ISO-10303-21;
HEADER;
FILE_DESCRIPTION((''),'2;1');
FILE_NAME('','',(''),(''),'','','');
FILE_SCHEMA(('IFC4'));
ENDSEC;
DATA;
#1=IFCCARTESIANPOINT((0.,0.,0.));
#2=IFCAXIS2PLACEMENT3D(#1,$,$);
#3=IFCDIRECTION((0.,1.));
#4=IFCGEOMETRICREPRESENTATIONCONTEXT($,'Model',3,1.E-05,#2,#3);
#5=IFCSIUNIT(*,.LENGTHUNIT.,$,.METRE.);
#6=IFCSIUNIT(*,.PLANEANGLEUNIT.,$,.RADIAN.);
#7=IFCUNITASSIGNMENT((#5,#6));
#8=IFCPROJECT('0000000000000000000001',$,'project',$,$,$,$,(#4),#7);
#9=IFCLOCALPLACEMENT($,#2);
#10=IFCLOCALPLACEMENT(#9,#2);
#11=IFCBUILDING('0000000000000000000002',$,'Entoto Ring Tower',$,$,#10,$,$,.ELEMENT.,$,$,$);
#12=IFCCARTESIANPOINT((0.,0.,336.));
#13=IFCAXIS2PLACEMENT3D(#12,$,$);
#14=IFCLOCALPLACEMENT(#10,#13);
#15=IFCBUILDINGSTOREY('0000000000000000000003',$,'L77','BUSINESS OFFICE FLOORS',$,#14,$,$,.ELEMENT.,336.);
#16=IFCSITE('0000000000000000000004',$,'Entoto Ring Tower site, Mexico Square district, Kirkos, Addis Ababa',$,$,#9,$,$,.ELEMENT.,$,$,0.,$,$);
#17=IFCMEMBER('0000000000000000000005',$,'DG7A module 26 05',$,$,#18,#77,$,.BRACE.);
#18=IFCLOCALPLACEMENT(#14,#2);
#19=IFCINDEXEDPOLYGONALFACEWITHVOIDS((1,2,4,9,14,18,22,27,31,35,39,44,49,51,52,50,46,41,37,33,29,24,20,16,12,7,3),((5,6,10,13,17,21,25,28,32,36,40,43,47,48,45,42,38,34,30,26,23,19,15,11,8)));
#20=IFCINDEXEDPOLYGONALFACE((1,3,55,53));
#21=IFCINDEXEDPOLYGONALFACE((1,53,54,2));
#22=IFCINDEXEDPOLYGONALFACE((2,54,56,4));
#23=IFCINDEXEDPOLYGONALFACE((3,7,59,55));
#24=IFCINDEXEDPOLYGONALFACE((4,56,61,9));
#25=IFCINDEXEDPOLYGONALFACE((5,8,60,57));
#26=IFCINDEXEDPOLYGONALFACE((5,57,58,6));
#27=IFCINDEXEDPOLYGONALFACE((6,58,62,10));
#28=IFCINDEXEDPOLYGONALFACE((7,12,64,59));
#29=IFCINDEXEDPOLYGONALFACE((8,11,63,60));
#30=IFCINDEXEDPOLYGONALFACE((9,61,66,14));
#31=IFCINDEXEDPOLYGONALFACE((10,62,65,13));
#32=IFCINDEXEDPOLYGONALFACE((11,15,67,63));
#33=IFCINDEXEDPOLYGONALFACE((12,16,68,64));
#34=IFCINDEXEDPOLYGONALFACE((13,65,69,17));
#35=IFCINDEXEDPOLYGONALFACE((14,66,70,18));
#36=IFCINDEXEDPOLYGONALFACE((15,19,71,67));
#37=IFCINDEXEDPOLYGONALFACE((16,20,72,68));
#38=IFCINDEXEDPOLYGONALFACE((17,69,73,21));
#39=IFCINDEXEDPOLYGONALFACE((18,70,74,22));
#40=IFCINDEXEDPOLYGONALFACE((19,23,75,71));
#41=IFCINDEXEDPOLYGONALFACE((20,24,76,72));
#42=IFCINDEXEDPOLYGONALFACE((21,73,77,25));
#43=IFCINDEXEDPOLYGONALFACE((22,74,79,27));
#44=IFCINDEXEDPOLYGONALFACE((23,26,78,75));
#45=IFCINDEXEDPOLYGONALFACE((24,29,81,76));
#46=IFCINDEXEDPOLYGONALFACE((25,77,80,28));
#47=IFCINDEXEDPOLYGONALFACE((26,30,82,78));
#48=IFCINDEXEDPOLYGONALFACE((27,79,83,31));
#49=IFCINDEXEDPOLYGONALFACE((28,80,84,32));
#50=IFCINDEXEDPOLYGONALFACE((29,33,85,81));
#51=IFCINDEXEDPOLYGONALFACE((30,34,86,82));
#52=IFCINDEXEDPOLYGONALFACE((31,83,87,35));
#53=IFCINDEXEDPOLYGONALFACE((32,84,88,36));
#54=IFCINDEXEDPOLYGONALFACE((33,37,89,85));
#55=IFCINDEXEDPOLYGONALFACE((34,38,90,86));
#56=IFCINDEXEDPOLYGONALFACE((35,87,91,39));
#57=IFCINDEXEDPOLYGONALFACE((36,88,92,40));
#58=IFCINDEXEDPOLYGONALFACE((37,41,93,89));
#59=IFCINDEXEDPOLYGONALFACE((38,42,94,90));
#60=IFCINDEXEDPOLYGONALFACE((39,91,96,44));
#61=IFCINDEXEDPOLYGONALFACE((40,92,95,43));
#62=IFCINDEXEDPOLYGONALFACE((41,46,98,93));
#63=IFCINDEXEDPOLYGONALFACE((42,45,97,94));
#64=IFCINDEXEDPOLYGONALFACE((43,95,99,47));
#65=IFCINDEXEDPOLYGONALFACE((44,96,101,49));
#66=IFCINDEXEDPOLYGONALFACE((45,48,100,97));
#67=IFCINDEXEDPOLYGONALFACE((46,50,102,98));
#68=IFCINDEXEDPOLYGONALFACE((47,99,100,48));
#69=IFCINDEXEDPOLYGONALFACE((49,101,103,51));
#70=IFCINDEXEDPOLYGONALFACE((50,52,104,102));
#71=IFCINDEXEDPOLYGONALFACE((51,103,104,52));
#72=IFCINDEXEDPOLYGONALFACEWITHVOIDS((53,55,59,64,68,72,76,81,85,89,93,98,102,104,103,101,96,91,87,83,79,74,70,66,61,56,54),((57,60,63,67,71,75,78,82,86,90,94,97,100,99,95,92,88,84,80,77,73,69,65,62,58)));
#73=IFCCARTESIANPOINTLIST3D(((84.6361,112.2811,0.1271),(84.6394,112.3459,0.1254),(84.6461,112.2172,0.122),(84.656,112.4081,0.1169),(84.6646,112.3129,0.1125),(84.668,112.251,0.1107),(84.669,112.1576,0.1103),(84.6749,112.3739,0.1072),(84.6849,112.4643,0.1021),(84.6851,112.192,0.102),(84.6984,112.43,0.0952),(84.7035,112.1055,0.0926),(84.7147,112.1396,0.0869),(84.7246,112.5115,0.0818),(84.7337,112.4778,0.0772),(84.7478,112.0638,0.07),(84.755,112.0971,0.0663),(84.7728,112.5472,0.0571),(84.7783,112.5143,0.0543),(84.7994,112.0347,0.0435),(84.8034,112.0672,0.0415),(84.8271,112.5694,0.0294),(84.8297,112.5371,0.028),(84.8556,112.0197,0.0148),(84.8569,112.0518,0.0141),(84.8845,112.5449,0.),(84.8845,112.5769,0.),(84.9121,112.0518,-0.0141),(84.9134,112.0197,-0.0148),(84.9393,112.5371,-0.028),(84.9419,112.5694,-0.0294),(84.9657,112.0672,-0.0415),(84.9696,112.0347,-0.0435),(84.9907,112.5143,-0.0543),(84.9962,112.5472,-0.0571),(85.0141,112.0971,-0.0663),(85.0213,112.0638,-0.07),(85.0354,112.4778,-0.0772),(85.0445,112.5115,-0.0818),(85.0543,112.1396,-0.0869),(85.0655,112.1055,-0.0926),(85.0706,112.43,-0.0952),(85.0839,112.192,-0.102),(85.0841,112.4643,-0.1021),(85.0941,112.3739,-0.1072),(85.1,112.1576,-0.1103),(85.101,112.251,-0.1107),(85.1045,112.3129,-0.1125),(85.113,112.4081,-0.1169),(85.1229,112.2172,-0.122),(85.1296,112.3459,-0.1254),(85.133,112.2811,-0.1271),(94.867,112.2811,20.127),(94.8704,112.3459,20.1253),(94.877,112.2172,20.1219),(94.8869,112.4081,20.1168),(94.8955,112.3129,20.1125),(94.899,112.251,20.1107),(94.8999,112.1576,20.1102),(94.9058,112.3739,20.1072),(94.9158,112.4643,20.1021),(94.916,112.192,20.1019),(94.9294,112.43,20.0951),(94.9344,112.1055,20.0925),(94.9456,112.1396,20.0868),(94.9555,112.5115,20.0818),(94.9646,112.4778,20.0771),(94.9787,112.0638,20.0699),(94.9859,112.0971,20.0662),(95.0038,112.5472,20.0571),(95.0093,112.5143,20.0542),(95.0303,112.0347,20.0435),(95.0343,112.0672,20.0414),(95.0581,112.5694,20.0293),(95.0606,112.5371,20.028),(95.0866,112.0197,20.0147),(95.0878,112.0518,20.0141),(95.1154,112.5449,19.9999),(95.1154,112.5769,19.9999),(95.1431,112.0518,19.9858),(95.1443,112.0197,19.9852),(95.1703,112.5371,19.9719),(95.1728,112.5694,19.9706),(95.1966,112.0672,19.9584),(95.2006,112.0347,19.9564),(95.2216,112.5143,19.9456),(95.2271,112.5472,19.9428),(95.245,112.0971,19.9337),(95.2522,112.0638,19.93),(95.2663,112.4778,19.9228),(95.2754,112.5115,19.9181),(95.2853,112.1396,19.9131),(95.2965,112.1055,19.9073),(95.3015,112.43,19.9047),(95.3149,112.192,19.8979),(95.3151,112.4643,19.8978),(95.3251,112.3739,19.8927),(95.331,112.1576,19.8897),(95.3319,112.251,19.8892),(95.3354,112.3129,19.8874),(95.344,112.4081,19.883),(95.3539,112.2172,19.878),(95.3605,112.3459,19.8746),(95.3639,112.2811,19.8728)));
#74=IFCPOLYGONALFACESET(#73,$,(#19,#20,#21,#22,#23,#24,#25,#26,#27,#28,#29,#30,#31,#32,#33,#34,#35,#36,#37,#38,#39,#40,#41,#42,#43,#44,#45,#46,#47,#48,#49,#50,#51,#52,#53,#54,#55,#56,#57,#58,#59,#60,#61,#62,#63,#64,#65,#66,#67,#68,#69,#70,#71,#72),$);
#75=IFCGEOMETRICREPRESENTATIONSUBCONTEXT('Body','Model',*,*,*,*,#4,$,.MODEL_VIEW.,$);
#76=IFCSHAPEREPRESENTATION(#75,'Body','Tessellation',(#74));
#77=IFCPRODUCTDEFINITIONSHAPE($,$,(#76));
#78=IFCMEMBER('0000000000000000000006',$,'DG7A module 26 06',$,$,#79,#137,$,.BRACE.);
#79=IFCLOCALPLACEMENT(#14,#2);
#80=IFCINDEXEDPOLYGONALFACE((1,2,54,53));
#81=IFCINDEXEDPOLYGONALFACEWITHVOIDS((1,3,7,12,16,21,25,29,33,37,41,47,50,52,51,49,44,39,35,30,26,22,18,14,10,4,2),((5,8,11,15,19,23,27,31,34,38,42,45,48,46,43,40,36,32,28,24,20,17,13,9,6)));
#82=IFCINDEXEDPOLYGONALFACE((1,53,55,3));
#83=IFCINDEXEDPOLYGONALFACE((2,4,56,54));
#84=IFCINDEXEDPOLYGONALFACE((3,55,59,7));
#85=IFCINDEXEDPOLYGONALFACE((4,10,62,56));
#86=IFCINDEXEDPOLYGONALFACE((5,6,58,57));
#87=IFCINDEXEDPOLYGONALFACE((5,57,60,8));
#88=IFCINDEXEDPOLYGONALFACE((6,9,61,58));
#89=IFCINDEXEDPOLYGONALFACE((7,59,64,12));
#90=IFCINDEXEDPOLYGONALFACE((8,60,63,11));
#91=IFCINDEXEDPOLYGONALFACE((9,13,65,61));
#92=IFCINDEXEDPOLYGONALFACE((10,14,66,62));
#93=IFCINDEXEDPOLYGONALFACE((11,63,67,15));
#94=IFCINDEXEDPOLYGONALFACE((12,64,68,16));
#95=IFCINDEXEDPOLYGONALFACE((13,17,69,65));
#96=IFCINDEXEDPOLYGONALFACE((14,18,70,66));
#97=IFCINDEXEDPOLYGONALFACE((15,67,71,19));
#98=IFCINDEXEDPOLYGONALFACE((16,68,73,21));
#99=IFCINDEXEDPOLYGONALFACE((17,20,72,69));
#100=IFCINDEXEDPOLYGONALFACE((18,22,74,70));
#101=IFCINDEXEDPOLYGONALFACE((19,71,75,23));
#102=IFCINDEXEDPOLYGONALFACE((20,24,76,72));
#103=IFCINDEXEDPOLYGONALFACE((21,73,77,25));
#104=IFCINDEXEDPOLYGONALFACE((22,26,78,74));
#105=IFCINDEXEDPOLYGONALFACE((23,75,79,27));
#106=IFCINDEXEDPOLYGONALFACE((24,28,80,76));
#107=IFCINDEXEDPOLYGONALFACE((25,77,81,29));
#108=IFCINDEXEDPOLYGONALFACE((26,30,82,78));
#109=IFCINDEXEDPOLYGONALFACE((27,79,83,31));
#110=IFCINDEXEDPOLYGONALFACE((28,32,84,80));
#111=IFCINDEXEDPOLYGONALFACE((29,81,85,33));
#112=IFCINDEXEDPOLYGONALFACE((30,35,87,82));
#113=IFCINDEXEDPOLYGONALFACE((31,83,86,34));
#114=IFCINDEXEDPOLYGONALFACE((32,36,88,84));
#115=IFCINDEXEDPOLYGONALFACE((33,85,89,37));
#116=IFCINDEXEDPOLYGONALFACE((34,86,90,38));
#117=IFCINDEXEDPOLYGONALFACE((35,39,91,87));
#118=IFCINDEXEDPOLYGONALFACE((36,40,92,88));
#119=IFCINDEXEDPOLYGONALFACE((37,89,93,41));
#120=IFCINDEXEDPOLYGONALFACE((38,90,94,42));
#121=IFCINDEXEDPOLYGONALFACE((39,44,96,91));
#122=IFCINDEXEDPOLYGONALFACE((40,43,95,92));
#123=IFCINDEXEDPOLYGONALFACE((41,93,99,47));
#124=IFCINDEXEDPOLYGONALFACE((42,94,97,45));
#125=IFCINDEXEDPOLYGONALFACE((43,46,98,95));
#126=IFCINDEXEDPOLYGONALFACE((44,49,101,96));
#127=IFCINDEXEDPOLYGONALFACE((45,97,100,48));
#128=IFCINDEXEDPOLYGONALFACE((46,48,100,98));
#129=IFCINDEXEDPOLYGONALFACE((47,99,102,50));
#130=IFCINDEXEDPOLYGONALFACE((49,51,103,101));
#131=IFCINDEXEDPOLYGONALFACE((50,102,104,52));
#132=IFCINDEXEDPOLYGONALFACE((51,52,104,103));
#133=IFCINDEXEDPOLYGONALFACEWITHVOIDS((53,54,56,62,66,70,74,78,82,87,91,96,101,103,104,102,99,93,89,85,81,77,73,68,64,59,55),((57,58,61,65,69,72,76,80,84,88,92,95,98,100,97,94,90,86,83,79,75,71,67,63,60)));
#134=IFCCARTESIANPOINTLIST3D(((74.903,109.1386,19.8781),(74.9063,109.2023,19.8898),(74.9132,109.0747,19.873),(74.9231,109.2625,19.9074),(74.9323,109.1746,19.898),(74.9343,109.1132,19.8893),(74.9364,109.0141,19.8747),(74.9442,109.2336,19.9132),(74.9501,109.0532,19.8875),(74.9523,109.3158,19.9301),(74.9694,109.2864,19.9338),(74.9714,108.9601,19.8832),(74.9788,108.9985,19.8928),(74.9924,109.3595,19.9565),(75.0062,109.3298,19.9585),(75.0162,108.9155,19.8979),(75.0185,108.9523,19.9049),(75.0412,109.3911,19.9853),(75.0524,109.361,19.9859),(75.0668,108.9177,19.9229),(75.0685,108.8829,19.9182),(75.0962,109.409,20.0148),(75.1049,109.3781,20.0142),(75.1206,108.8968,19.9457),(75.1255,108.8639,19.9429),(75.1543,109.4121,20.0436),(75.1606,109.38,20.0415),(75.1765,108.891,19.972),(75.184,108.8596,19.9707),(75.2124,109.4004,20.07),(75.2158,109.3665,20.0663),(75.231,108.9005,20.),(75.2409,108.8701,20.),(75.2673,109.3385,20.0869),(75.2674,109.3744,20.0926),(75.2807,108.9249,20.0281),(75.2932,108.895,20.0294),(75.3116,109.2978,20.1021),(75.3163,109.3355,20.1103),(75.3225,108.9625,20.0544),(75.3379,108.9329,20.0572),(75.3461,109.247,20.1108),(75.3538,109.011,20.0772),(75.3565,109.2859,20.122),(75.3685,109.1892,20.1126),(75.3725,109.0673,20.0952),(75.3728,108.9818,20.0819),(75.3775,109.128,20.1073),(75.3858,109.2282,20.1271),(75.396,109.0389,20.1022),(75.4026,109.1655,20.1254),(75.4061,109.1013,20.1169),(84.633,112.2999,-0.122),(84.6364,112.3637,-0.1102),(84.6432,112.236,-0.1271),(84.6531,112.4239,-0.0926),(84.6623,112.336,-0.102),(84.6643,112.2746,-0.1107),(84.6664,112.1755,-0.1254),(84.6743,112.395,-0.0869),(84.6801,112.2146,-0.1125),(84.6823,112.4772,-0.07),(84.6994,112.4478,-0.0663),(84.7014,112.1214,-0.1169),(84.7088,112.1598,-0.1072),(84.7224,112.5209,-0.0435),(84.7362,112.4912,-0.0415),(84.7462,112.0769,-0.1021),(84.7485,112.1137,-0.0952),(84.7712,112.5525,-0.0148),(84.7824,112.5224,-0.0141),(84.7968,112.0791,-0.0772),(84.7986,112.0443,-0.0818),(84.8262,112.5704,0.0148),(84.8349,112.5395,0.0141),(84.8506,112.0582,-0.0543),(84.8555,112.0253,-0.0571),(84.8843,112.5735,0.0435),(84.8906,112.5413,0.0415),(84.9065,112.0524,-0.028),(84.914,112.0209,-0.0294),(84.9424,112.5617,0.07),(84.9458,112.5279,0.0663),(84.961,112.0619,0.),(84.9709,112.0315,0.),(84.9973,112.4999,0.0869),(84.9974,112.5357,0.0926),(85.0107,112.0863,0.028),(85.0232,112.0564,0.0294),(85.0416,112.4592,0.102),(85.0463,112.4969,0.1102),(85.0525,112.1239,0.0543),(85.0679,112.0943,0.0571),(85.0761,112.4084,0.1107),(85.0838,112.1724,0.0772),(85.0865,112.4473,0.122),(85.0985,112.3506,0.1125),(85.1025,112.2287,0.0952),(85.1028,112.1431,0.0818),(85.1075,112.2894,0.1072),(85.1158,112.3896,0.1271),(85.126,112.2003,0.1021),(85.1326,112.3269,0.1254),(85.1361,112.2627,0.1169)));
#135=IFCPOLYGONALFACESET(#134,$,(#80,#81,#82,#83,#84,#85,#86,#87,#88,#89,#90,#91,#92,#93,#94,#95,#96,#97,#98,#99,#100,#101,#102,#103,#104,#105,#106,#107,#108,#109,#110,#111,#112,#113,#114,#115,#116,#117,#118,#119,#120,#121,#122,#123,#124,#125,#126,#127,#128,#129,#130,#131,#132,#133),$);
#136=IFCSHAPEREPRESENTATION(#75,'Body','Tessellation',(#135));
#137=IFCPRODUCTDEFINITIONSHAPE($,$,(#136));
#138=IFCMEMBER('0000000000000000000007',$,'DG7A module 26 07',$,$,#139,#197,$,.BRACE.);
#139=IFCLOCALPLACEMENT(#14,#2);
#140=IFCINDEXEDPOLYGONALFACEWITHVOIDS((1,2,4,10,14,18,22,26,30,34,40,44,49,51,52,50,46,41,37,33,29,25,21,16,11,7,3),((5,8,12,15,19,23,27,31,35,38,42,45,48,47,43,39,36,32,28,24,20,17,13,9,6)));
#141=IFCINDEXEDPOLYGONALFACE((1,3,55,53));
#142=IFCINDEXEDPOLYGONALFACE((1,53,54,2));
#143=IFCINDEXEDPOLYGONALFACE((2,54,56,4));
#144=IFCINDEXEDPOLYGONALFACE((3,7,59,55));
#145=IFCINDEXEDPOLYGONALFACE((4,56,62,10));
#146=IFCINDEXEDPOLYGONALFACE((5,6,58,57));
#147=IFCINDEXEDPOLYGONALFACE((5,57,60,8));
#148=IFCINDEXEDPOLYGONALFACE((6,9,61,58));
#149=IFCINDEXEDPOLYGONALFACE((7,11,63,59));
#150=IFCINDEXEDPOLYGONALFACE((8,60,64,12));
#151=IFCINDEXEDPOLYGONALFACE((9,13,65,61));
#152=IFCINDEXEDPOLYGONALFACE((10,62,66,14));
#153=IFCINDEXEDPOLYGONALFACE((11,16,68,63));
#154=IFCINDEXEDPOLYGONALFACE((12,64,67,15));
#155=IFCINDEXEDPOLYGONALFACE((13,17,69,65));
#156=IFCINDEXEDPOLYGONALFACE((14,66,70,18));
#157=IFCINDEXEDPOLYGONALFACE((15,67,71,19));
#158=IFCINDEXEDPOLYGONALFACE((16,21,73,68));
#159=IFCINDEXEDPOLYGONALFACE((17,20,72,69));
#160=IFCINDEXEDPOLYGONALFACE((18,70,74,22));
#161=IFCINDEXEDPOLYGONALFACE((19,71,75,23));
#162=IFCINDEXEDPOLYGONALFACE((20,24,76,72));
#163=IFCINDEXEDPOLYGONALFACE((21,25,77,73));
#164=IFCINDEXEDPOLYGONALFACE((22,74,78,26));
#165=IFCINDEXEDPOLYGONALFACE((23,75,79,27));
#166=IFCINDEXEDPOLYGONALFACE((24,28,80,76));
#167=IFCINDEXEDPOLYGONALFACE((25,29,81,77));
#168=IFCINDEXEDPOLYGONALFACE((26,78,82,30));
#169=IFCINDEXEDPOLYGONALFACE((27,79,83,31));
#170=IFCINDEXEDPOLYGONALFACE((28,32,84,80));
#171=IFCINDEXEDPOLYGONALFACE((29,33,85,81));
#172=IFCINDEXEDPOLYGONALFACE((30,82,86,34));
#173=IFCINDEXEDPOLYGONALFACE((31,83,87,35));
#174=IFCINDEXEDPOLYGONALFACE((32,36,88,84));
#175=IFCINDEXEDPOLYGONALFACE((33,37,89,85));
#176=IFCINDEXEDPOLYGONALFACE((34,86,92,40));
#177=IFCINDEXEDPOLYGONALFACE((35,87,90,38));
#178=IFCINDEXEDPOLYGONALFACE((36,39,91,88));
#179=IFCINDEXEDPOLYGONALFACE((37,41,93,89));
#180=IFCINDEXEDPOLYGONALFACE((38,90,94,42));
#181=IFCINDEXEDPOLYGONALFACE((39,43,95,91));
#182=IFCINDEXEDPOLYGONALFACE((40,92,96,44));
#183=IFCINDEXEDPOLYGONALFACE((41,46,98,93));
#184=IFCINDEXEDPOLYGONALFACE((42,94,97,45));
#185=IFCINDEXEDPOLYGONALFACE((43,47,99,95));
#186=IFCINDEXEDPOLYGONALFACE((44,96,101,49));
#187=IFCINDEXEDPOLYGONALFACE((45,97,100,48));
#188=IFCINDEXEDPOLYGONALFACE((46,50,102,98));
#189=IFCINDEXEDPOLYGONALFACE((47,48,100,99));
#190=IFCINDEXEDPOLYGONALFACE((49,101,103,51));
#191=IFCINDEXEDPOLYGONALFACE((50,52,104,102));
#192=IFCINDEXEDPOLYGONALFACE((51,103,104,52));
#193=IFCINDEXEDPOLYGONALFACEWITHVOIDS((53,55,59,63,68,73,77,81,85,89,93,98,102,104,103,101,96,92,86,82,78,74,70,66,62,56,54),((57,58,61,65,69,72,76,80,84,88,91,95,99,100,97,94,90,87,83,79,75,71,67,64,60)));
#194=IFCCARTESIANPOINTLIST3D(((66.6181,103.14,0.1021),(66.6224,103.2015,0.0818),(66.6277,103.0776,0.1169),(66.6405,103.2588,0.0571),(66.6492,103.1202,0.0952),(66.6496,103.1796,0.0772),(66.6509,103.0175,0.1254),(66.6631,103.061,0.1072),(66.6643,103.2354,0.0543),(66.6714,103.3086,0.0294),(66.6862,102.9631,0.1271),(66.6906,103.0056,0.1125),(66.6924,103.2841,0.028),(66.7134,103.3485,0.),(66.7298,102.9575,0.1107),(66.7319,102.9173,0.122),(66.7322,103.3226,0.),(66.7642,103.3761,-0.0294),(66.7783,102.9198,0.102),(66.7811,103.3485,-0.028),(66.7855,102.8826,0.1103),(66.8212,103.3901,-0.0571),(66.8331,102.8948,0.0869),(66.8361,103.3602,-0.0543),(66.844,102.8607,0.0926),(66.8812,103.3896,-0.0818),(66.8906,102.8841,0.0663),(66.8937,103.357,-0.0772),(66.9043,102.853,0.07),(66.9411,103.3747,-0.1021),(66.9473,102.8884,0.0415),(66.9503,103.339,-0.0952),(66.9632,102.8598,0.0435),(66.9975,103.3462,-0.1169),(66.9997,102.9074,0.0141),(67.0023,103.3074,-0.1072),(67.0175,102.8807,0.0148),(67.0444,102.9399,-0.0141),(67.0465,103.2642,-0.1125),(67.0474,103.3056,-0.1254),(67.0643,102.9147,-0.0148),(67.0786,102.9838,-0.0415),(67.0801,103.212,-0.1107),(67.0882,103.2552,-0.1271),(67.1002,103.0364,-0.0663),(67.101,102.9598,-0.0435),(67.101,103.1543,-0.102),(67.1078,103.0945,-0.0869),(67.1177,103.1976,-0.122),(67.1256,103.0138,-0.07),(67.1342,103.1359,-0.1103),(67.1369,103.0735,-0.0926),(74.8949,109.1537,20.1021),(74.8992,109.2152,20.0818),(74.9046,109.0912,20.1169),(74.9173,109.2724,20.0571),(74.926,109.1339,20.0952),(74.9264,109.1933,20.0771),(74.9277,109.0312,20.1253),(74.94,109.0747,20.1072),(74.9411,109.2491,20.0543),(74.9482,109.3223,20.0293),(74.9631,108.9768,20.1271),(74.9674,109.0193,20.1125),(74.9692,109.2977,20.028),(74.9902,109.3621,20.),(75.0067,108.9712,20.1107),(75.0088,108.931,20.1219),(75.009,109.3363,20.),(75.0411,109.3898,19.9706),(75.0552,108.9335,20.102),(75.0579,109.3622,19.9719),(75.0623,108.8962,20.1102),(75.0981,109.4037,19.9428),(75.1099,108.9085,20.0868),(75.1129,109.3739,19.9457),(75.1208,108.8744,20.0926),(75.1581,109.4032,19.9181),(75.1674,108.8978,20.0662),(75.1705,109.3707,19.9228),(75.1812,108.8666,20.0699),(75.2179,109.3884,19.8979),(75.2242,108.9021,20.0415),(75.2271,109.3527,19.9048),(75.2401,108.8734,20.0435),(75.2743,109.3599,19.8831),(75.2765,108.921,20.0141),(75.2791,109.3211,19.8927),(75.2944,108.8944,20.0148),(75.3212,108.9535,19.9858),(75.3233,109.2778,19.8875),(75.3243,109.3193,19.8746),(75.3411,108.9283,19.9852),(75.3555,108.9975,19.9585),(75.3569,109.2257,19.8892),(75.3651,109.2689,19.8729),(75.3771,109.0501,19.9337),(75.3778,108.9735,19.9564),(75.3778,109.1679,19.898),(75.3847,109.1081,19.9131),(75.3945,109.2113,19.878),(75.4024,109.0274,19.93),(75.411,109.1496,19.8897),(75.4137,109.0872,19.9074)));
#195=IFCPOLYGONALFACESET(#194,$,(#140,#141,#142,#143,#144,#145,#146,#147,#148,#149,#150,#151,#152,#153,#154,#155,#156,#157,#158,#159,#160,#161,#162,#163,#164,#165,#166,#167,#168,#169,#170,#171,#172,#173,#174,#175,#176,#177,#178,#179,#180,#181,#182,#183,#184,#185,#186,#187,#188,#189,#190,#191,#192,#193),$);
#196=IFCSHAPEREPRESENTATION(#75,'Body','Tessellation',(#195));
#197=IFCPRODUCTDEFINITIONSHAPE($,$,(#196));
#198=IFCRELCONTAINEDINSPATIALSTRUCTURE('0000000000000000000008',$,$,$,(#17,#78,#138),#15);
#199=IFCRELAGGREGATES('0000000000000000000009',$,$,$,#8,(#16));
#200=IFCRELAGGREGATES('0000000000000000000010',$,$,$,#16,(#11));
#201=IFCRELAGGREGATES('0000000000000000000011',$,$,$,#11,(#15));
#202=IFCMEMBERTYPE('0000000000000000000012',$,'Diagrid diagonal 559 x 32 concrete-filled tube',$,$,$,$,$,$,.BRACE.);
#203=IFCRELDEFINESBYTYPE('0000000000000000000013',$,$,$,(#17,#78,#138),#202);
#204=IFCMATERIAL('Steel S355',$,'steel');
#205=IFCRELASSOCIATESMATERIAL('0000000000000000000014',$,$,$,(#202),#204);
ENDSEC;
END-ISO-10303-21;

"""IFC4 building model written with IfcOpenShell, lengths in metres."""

from ifc_helpers import new_model, si_unit, direction, frame, origin, origin_2d, place, context, subcontext, project, spatial, circle, hollow_circle, extrude, material, material_profile, profile_set, type_object, element, save


model = new_model("IFC4")

# Units and contexts
model_context = context("Model", 3, precision=1e-05, world=origin(), true_north=direction((0.0, 1.0)))
body_context = subcontext(model_context, "Body", "Model", "MODEL_VIEW")
ifc_project = project(units=[si_unit("LENGTHUNIT", "METRE"), si_unit("PLANEANGLEUNIT", "RADIAN")], contexts=[model_context])

# Site, building, storey
site_placement = place(None, origin())
site = spatial("IfcSite", under=ifc_project, at=site_placement, Name="Entoto Ring Tower site, Mexico Square district, Kirkos, Addis Ababa", CompositionType="ELEMENT", RefElevation=0.0)
building_placement = place(site_placement, origin())
building = spatial("IfcBuilding", under=site, at=building_placement, Name="Entoto Ring Tower", CompositionType="ELEMENT")
storey_placement = place(building_placement, frame((0.0, 0.0, 336.0)))
storey = spatial("IfcBuildingStorey", under=building, at=storey_placement, Name="L77", Description="BUSINESS OFFICE FLOORS", CompositionType="ELEMENT", Elevation=336.0)

# Members
ifc_material_1 = material(Name="Steel S355", Category="steel")
ifc_material_profile_1 = material_profile(ifc_material_1, hollow_circle(Radius=0.2795, WallThickness=0.032, at=origin_2d()), Name="CHS 559 x 32")
ifc_material_2 = material(Name="Concrete C60/75", Category="concrete")
ifc_material_profile_2 = material_profile(ifc_material_2, circle(Radius=0.2476, at=origin_2d()), Name="Concrete C60/75 infill")
ifc_profile_set_1 = profile_set([ifc_material_profile_1, ifc_material_profile_2], Name="Steel S355")
member_type_1 = type_object("IfcMemberType", Name="Diagrid diagonal 559 x 32 concrete-filled tube", PredefinedType="BRACE", material=ifc_profile_set_1)
for number, where, z_axis, x_axis, name in (
    (1, (84.8845, 112.2974, 0.0), (0.455419, 0.0, 0.890277), (0.0, 1.0, 0.0), "DG7A module 26 05"),
    (2, (84.8845, 112.2974, 0.0), (-0.433121, -0.140726, 0.890282), (0.309009, -0.951059, 0.0), "DG7A module 26 06"),
    (3, (66.8777, 103.1223, 0.0), (0.368435, 0.267692, 0.890279), (-0.587797, 0.809008, 0.0), "DG7A module 26 07"),
):
    element("IfcMember", number, at=place(storey_placement, frame(where, z_axis=z_axis, x_axis=x_axis)), inside=storey, type_object=member_type_1, Name=name, PredefinedType="BRACE", context=body_context, shape_type="SweptSolid", body=[
        extrude(hollow_circle(Radius=0.2795, WallThickness=0.032, at=origin_2d()), origin(), (0.0, 0.0, 1.0), 22.4648),
    ])

save(model, "model.ifc")
